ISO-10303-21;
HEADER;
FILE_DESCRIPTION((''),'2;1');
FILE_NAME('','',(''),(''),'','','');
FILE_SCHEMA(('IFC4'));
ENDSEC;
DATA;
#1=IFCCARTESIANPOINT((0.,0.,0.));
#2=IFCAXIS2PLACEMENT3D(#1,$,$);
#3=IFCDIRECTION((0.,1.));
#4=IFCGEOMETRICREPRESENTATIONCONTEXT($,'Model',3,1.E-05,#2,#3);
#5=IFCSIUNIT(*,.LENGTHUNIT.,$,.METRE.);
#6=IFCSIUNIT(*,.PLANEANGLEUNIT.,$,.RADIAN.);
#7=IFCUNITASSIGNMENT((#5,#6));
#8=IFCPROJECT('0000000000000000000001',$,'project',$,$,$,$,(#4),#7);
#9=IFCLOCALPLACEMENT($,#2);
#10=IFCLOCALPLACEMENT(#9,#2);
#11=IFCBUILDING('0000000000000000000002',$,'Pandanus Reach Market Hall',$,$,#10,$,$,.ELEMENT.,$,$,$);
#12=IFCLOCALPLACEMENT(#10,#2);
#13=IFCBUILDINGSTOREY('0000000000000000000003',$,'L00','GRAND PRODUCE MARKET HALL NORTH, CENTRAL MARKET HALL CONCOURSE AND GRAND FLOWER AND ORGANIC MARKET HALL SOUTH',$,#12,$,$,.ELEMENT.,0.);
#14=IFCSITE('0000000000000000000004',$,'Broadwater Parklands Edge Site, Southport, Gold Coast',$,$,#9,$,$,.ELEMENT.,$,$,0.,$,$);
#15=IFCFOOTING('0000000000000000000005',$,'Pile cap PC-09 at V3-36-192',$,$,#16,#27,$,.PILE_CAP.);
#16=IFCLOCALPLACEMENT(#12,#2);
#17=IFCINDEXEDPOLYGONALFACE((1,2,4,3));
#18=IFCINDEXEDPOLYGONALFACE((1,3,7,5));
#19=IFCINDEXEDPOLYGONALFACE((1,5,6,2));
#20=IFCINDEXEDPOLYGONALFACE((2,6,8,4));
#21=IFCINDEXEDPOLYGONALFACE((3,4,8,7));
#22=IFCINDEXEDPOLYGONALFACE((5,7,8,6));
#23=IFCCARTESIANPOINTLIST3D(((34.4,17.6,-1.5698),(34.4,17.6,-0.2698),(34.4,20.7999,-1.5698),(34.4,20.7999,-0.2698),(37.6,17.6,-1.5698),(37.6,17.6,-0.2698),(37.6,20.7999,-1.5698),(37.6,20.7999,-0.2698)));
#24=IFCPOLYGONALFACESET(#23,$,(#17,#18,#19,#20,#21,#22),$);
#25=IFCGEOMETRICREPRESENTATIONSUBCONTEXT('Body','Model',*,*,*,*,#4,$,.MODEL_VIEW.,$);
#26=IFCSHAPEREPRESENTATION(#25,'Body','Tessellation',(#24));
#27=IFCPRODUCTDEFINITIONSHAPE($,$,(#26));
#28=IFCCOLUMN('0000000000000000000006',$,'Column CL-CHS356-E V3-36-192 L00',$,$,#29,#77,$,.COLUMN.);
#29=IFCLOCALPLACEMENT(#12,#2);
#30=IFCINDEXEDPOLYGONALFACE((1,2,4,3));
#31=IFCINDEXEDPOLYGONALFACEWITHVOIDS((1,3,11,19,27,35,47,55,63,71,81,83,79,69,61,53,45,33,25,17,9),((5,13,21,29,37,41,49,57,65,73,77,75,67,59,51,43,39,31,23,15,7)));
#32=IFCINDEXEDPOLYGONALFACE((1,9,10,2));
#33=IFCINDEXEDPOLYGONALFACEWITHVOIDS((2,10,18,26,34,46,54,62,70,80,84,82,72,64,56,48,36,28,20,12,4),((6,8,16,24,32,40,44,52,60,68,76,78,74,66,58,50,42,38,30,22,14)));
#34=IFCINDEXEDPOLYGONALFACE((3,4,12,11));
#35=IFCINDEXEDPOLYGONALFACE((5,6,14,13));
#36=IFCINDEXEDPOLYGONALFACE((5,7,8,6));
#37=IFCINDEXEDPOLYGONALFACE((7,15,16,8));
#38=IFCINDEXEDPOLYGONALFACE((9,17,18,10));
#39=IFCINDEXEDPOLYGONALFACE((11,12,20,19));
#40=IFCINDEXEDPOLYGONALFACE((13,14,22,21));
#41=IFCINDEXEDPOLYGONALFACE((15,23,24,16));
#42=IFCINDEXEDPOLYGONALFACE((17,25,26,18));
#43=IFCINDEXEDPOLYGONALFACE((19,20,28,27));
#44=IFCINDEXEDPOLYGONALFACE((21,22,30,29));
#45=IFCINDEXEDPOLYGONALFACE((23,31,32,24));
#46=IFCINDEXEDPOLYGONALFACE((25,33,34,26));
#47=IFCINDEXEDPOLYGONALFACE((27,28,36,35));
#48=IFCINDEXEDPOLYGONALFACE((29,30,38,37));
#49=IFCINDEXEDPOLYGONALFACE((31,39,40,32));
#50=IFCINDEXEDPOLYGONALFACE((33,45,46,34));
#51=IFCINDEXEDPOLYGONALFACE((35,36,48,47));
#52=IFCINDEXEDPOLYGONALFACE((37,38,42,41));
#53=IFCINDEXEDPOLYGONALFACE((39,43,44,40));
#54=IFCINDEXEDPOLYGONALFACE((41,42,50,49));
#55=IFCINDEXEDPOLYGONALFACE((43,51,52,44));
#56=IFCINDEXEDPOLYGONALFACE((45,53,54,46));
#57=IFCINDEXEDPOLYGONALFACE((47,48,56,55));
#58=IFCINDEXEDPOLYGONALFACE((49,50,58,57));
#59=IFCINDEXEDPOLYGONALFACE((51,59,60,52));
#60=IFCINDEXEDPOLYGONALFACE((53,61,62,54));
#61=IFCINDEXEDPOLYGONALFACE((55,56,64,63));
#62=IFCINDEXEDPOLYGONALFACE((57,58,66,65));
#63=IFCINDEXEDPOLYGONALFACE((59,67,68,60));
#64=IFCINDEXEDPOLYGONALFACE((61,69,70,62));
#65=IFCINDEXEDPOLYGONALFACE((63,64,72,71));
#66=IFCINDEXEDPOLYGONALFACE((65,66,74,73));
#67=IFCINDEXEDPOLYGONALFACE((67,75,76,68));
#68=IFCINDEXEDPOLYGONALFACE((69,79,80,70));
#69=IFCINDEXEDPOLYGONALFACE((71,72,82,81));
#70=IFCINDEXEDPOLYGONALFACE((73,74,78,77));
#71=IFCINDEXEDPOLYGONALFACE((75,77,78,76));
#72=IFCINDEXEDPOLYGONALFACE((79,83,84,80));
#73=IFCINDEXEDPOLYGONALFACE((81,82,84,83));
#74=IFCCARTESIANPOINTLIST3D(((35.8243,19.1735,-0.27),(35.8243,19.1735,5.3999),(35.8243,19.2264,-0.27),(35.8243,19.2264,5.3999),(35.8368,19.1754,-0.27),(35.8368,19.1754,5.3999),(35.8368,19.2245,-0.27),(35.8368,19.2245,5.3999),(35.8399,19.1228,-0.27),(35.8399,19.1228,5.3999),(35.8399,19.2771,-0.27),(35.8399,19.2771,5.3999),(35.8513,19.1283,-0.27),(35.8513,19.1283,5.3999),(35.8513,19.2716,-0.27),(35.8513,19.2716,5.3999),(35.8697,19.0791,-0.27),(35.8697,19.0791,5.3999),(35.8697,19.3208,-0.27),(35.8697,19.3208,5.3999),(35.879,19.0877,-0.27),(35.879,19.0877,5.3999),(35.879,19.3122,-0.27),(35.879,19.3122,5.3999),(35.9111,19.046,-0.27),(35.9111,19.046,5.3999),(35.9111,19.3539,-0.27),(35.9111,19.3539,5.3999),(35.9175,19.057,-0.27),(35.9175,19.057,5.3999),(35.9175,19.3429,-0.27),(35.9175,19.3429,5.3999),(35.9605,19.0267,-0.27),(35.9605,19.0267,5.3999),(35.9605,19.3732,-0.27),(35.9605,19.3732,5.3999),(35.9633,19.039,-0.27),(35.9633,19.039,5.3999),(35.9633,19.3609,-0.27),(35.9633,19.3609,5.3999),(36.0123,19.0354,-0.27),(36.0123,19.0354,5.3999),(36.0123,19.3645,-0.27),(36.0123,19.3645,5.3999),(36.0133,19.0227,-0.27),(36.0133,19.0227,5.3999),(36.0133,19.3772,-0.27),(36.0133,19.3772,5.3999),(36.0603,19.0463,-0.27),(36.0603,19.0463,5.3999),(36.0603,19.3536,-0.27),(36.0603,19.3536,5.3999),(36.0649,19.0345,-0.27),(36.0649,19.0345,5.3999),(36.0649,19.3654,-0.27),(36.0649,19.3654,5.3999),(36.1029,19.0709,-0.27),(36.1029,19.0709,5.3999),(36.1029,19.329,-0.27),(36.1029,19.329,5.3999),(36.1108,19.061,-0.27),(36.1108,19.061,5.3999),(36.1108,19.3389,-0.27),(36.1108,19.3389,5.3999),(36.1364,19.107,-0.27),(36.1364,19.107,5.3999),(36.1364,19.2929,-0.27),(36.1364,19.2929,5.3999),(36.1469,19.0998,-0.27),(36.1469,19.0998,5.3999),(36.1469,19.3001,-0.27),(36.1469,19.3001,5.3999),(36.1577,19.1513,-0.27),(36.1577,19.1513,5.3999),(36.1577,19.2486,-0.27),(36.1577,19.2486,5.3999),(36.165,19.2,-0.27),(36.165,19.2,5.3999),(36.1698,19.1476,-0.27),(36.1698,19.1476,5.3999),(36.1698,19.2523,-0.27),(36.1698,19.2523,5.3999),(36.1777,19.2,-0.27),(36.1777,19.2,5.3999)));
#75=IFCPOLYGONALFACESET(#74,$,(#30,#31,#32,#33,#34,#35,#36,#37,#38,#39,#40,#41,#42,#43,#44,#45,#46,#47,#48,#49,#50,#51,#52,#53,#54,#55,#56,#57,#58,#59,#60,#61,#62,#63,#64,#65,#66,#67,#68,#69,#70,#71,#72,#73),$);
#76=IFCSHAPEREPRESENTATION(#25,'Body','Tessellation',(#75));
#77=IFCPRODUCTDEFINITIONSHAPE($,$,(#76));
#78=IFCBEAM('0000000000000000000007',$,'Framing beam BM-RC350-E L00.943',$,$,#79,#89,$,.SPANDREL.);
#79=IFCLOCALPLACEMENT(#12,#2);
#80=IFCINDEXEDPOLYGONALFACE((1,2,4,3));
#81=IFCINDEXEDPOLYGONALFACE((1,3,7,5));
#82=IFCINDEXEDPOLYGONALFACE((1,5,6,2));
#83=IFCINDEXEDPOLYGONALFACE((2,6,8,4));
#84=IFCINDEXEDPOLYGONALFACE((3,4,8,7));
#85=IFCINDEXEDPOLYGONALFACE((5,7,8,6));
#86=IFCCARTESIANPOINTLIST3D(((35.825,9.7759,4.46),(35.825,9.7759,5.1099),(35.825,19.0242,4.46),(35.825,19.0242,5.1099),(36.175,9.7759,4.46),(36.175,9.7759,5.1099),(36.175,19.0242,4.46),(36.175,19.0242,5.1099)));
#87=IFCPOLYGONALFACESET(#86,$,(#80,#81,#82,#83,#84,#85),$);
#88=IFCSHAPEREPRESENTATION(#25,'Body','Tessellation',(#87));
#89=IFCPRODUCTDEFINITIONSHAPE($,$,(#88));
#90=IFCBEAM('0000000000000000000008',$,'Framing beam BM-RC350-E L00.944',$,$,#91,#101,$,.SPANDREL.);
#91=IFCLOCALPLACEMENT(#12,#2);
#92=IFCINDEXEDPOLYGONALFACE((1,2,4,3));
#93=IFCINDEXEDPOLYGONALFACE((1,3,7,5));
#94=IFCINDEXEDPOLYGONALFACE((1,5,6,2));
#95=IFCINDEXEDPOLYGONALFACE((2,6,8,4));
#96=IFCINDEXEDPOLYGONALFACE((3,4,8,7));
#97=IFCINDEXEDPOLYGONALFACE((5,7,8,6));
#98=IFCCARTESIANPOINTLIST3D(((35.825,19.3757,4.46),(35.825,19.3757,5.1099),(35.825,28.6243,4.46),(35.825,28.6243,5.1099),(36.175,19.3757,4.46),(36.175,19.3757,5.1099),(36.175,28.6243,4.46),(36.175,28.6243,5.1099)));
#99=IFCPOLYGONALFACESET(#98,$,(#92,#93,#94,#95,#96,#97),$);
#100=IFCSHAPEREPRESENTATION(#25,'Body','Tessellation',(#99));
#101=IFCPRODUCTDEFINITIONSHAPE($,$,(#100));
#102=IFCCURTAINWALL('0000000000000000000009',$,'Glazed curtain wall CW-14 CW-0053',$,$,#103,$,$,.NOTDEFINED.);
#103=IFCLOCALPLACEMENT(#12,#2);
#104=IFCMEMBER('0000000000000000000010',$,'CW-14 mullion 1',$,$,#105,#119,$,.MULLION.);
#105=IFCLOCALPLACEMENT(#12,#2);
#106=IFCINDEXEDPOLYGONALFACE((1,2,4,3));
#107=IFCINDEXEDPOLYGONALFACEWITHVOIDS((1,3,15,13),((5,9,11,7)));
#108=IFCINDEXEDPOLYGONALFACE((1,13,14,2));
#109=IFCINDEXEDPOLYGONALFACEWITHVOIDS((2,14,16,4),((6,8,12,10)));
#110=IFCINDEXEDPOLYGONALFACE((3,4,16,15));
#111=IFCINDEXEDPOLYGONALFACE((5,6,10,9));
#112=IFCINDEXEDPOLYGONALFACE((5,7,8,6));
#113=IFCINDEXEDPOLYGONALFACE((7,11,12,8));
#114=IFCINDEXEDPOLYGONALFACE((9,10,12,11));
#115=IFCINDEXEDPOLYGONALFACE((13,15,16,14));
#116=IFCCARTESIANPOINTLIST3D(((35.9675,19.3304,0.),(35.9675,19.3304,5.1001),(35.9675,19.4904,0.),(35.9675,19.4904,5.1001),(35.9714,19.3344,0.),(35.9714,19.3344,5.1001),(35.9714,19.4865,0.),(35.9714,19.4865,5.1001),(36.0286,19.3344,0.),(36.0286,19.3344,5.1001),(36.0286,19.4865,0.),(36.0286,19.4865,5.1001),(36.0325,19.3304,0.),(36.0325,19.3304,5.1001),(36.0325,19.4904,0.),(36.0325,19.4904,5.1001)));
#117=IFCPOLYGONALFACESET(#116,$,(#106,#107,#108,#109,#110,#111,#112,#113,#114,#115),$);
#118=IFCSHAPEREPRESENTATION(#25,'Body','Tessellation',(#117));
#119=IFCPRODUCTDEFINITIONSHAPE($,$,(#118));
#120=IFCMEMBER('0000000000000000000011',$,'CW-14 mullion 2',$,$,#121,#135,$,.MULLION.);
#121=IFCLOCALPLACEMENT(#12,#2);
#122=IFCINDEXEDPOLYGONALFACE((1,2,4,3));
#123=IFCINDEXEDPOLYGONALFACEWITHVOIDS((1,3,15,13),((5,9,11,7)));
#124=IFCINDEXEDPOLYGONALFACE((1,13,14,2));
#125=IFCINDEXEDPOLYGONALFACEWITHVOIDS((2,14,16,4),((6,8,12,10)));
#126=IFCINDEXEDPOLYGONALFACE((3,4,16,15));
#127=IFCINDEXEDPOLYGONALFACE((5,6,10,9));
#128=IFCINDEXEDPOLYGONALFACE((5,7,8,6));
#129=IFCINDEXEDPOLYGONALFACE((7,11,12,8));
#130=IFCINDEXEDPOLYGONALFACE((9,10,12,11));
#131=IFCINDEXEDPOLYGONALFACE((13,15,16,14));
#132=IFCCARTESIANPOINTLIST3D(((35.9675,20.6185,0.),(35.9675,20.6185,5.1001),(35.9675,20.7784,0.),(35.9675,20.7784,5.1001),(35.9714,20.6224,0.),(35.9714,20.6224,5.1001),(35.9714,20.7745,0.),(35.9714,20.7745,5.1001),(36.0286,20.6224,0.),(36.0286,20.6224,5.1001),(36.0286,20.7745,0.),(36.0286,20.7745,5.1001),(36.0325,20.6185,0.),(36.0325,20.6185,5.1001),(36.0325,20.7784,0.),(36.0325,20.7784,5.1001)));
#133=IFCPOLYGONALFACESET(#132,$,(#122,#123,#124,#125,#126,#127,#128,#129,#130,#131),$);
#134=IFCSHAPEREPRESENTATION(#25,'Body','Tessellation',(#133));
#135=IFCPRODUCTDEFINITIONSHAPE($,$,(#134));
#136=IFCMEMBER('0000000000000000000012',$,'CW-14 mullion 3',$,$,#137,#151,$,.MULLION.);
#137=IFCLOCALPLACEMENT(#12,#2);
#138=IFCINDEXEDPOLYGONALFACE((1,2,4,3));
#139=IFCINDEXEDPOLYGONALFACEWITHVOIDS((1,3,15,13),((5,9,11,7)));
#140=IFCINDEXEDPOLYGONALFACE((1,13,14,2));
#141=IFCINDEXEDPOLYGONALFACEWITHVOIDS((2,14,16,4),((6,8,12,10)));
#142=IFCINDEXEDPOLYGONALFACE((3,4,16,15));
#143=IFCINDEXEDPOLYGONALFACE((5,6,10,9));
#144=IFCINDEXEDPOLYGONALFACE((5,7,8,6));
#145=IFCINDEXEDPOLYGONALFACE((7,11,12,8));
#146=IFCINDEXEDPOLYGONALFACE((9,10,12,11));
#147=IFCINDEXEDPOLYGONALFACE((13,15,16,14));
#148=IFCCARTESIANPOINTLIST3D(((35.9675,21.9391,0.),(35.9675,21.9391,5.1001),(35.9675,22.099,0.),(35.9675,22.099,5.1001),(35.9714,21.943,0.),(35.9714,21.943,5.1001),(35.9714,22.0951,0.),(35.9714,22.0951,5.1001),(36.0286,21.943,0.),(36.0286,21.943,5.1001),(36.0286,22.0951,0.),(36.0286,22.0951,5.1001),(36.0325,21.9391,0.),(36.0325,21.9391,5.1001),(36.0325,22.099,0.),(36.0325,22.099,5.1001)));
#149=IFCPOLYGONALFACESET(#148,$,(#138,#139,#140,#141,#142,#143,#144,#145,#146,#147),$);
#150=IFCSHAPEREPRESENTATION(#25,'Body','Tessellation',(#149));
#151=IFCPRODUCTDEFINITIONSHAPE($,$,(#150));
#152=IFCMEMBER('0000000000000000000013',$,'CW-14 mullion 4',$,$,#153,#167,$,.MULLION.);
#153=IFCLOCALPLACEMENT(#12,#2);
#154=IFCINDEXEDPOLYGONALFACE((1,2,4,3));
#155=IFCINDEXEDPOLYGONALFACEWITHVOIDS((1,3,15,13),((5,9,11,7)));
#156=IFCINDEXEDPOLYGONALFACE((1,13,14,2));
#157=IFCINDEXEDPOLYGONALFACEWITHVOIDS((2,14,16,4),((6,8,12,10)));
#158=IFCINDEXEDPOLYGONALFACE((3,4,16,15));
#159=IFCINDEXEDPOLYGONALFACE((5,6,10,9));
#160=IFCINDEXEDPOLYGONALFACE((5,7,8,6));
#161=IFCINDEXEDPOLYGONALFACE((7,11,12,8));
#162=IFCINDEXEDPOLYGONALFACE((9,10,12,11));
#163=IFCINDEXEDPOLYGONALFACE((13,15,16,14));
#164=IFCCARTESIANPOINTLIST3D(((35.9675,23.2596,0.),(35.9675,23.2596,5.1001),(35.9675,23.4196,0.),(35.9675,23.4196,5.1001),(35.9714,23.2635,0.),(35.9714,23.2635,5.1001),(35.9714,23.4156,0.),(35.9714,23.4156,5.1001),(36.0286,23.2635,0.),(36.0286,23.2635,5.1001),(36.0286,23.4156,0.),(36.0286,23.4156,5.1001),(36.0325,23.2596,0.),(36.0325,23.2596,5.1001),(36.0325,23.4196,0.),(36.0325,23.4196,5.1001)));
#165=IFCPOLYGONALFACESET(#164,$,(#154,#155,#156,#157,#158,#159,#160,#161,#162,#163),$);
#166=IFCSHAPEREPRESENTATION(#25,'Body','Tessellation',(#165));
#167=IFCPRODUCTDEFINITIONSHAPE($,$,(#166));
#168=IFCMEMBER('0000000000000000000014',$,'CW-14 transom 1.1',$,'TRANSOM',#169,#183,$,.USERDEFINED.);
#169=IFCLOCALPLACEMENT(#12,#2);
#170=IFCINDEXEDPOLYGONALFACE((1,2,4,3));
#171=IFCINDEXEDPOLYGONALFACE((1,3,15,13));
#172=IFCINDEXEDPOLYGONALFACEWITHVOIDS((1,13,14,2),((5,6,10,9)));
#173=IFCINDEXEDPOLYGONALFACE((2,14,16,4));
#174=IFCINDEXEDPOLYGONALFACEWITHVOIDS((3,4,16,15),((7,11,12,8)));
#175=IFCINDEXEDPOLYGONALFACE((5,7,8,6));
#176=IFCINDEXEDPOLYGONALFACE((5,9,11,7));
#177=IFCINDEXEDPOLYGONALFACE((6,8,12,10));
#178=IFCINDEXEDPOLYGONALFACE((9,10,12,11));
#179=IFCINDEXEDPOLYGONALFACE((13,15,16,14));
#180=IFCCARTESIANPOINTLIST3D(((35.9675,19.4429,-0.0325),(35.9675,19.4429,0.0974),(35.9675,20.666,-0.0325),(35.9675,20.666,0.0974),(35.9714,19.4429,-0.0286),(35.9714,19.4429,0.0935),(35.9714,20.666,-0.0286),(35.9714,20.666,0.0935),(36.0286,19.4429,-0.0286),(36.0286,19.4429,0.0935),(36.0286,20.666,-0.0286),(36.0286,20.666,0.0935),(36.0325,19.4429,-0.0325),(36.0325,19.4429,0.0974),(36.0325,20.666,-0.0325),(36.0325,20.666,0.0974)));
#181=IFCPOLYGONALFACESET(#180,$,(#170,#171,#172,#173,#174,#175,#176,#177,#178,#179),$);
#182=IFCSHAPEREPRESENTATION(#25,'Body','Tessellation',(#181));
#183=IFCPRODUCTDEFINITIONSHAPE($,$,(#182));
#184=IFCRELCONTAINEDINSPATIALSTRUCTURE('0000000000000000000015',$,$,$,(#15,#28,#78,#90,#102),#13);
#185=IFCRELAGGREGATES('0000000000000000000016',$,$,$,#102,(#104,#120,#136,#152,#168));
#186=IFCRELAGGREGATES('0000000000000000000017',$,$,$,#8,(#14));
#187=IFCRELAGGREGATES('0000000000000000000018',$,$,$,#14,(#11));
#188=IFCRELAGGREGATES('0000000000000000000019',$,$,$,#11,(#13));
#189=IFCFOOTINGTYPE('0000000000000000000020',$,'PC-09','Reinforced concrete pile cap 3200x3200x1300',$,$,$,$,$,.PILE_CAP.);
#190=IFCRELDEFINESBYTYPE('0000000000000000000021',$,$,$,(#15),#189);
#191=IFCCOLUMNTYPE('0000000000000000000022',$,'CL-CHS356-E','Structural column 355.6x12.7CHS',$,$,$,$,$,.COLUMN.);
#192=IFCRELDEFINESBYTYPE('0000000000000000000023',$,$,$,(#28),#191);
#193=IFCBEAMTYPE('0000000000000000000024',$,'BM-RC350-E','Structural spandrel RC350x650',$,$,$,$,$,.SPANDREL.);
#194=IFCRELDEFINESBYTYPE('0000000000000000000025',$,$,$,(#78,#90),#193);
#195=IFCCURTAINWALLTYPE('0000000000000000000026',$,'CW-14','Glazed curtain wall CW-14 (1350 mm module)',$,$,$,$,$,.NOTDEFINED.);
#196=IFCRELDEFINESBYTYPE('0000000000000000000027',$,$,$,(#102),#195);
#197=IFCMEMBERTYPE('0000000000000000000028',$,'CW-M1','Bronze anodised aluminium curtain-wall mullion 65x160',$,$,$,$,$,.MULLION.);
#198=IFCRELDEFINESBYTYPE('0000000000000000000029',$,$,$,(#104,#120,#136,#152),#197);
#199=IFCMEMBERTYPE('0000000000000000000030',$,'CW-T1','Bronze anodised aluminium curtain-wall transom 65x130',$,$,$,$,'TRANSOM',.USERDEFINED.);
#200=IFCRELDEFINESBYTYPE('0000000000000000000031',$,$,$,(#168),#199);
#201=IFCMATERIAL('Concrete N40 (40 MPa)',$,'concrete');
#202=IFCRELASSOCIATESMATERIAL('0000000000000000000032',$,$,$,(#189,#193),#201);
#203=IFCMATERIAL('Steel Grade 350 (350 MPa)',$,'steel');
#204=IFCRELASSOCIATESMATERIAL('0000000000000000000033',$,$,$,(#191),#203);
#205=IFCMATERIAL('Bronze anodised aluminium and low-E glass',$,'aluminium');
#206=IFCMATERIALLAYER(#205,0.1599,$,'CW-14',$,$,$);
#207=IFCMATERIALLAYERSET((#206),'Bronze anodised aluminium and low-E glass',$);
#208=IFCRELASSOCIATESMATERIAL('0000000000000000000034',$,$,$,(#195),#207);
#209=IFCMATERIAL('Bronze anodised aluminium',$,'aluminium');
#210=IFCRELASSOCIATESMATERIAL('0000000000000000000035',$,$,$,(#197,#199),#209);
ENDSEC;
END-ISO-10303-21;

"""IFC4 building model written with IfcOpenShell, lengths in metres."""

from ifc_helpers import new_model, si_unit, direction, frame, origin, origin_2d, place, context, subcontext, project, spatial, rectangle, hollow_rectangle, hollow_circle, extrude, material, layer, layer_set, material_profile, profile_set, type_object, element, aggregate, save


model = new_model("IFC4")

# Units and contexts
model_context = context("Model", 3, precision=1e-05, world=origin(), true_north=direction((0.0, 1.0)))
body_context = subcontext(model_context, "Body", "Model", "MODEL_VIEW")
ifc_project = project(units=[si_unit("LENGTHUNIT", "METRE"), si_unit("PLANEANGLEUNIT", "RADIAN")], contexts=[model_context])

# Site, building, storey
site_placement = place(None, origin())
site = spatial("IfcSite", under=ifc_project, at=site_placement, Name="Broadwater Parklands Edge Site, Southport, Gold Coast", CompositionType="ELEMENT", RefElevation=0.0)
building_placement = place(site_placement, origin())
building = spatial("IfcBuilding", under=site, at=building_placement, Name="Pandanus Reach Market Hall", CompositionType="ELEMENT")
storey_placement = place(building_placement, origin())
storey = spatial("IfcBuildingStorey", under=building, at=storey_placement, Name="L00", Description="GRAND PRODUCE MARKET HALL NORTH, CENTRAL MARKET HALL CONCOURSE AND GRAND FLOWER AND ORGANIC MARKET HALL SOUTH", CompositionType="ELEMENT", Elevation=0.0)

# Footing
ifc_material_1 = material(Name="Concrete N40 (40 MPa)", Category="concrete")
footing_type = type_object("IfcFootingType", Name="PC-09", Description="Reinforced concrete pile cap 3200x3200x1300", PredefinedType="PILE_CAP", material=ifc_material_1)
footing_placement = place(storey_placement, frame((36.0, 19.2, -1.5698), z_axis=(0.0, 0.0, 1.0), x_axis=(1.0, 0.0, 0.0)))
element("IfcFooting", 1, at=footing_placement, inside=storey, type_object=footing_type, Name="Pile cap PC-09 at V3-36-192", PredefinedType="PILE_CAP", context=body_context, shape_type="SweptSolid", body=[
    extrude(rectangle(XDim=3.2, YDim=3.2, at=origin_2d()), origin(), (0.0, 0.0, 1.0), 1.3),
])

# Column
ifc_material_2 = material(Name="Steel Grade 350 (350 MPa)", Category="steel")
ifc_material_profile_1 = material_profile(ifc_material_2, hollow_circle(Radius=0.1777, WallThickness=0.0127, at=origin_2d()), Name="355.6x12.7CHS", Category="LoadBearing")
ifc_profile_set_1 = profile_set([ifc_material_profile_1], Name="Steel Grade 350 (350 MPa)")
column_type = type_object("IfcColumnType", Name="CL-CHS356-E", Description="Structural column 355.6x12.7CHS", PredefinedType="COLUMN", material=ifc_profile_set_1)
column_placement = place(storey_placement, frame((36.0, 19.2, -0.27), z_axis=(0.0, 0.0, 1.0), x_axis=(1.0, 0.0, 0.0)))
element("IfcColumn", 2, at=column_placement, inside=storey, type_object=column_type, Name="Column CL-CHS356-E V3-36-192 L00", PredefinedType="COLUMN", context=body_context, shape_type="SweptSolid", body=[
    extrude(hollow_circle(Radius=0.1777, WallThickness=0.0127, at=origin_2d()), origin(), (0.0, 0.0, 1.0), 5.6699),
])

# Beams
ifc_material_profile_2 = material_profile(ifc_material_1, rectangle(XDim=0.3501, YDim=0.6499, at=origin_2d()), Name="RC350x650", Category="LoadBearing")
ifc_profile_set_2 = profile_set([ifc_material_profile_2], Name="Concrete N40 (40 MPa)")
beam_type = type_object("IfcBeamType", Name="BM-RC350-E", Description="Structural spandrel RC350x650", PredefinedType="SPANDREL", material=ifc_profile_set_2)
beam_1_placement = place(storey_placement, frame((36.0, 9.7759, 4.7849), z_axis=(0.0, 1.0, 0.0), x_axis=(-1.0, 0.0, 0.0)))
element("IfcBeam", 3, at=beam_1_placement, inside=storey, type_object=beam_type, Name="Framing beam BM-RC350-E L00.943", PredefinedType="SPANDREL", context=body_context, shape_type="SweptSolid", body=[
    extrude(rectangle(XDim=0.3501, YDim=0.6499, at=origin_2d()), origin(), (0.0, 0.0, 1.0), 9.2483),
])
beam_2_placement = place(storey_placement, frame((36.0, 19.3757, 4.7849), z_axis=(0.0, 1.0, 0.0), x_axis=(-1.0, 0.0, 0.0)))
element("IfcBeam", 4, at=beam_2_placement, inside=storey, type_object=beam_type, Name="Framing beam BM-RC350-E L00.944", PredefinedType="SPANDREL", context=body_context, shape_type="SweptSolid", body=[
    extrude(rectangle(XDim=0.3501, YDim=0.6499, at=origin_2d()), origin(), (0.0, 0.0, 1.0), 9.2485),
])

# Curtain wall, members
ifc_material_3 = material(Name="Bronze anodised aluminium and low-E glass", Category="aluminium")
ifc_layer_1 = layer(ifc_material_3, 0.1599, Name="CW-14")
ifc_layer_set_1 = layer_set([ifc_layer_1], Name="Bronze anodised aluminium and low-E glass")
curtain_wall_type = type_object("IfcCurtainWallType", Name="CW-14", Description="Glazed curtain wall CW-14 (1350 mm module)", PredefinedType="NOTDEFINED", material=ifc_layer_set_1)
curtain_wall_placement = place(storey_placement, origin())
curtain_wall = element("IfcCurtainWall", 5, at=curtain_wall_placement, inside=storey, type_object=curtain_wall_type, Name="Glazed curtain wall CW-14 CW-0053", PredefinedType="NOTDEFINED")
ifc_material_4 = material(Name="Bronze anodised aluminium", Category="aluminium")
ifc_material_profile_3 = material_profile(ifc_material_4, hollow_rectangle(XDim=0.0649, YDim=0.1599, WallThickness=0.0039, at=origin_2d()), Name="ALU65x160", Category="LoadBearing")
ifc_profile_set_3 = profile_set([ifc_material_profile_3], Name="Bronze anodised aluminium")
member_type_1 = type_object("IfcMemberType", Name="CW-M1", Description="Bronze anodised aluminium curtain-wall mullion 65x160", PredefinedType="MULLION", material=ifc_profile_set_3)
member_1_placement = place(storey_placement, frame((36.0, 19.4104, 0.0), z_axis=(0.0, 0.0, 1.0), x_axis=(-1.0, 0.0, 0.0)))
member_1 = element("IfcMember", 6, at=member_1_placement, type_object=member_type_1, Name="CW-14 mullion 1", PredefinedType="MULLION", context=body_context, shape_type="SweptSolid", body=[
    extrude(hollow_rectangle(XDim=0.0649, YDim=0.1599, WallThickness=0.0039, at=origin_2d()), origin(), (0.0, 0.0, 1.0), 5.1001),
])
member_2_placement = place(storey_placement, frame((36.0, 20.6985, 0.0), z_axis=(0.0, 0.0, 1.0), x_axis=(-1.0, 0.0, 0.0)))
member_2 = element("IfcMember", 7, at=member_2_placement, type_object=member_type_1, Name="CW-14 mullion 2", PredefinedType="MULLION", context=body_context, shape_type="SweptSolid", body=[
    extrude(hollow_rectangle(XDim=0.0649, YDim=0.1599, WallThickness=0.0039, at=origin_2d()), origin(), (0.0, 0.0, 1.0), 5.1001),
])
member_3_placement = place(storey_placement, frame((36.0, 22.019, 0.0), z_axis=(0.0, 0.0, 1.0), x_axis=(-1.0, 0.0, 0.0)))
member_3 = element("IfcMember", 8, at=member_3_placement, type_object=member_type_1, Name="CW-14 mullion 3", PredefinedType="MULLION", context=body_context, shape_type="SweptSolid", body=[
    extrude(hollow_rectangle(XDim=0.0649, YDim=0.1599, WallThickness=0.0039, at=origin_2d()), origin(), (0.0, 0.0, 1.0), 5.1001),
])
member_4_placement = place(storey_placement, frame((36.0, 23.3396, 0.0), z_axis=(0.0, 0.0, 1.0), x_axis=(-1.0, 0.0, 0.0)))
member_4 = element("IfcMember", 9, at=member_4_placement, type_object=member_type_1, Name="CW-14 mullion 4", PredefinedType="MULLION", context=body_context, shape_type="SweptSolid", body=[
    extrude(hollow_rectangle(XDim=0.0649, YDim=0.1599, WallThickness=0.0039, at=origin_2d()), origin(), (0.0, 0.0, 1.0), 5.1001),
])
ifc_material_profile_4 = material_profile(ifc_material_4, hollow_rectangle(XDim=0.0649, YDim=0.1299, WallThickness=0.0039, at=origin_2d()), Name="ALU65x130", Category="LoadBearing")
ifc_profile_set_4 = profile_set([ifc_material_profile_4], Name="Bronze anodised aluminium")
member_type_2 = type_object("IfcMemberType", Name="CW-T1", Description="Bronze anodised aluminium curtain-wall transom 65x130", ElementType="TRANSOM", PredefinedType="USERDEFINED", material=ifc_profile_set_4)
member_5_placement = place(storey_placement, frame((36.0, 19.4429, 0.0325), z_axis=(0.0, 1.0, 0.0), x_axis=(-1.0, 0.0, 0.0)))
member_5 = element("IfcMember", 10, at=member_5_placement, type_object=member_type_2, Name="CW-14 transom 1.1", ObjectType="TRANSOM", PredefinedType="USERDEFINED", context=body_context, shape_type="SweptSolid", body=[
    extrude(hollow_rectangle(XDim=0.0649, YDim=0.1299, WallThickness=0.0039, at=origin_2d()), origin(), (0.0, 0.0, 1.0), 1.2231),
])
aggregate(curtain_wall, [member_1, member_2, member_3, member_4, member_5])

save(model, "model.ifc")
